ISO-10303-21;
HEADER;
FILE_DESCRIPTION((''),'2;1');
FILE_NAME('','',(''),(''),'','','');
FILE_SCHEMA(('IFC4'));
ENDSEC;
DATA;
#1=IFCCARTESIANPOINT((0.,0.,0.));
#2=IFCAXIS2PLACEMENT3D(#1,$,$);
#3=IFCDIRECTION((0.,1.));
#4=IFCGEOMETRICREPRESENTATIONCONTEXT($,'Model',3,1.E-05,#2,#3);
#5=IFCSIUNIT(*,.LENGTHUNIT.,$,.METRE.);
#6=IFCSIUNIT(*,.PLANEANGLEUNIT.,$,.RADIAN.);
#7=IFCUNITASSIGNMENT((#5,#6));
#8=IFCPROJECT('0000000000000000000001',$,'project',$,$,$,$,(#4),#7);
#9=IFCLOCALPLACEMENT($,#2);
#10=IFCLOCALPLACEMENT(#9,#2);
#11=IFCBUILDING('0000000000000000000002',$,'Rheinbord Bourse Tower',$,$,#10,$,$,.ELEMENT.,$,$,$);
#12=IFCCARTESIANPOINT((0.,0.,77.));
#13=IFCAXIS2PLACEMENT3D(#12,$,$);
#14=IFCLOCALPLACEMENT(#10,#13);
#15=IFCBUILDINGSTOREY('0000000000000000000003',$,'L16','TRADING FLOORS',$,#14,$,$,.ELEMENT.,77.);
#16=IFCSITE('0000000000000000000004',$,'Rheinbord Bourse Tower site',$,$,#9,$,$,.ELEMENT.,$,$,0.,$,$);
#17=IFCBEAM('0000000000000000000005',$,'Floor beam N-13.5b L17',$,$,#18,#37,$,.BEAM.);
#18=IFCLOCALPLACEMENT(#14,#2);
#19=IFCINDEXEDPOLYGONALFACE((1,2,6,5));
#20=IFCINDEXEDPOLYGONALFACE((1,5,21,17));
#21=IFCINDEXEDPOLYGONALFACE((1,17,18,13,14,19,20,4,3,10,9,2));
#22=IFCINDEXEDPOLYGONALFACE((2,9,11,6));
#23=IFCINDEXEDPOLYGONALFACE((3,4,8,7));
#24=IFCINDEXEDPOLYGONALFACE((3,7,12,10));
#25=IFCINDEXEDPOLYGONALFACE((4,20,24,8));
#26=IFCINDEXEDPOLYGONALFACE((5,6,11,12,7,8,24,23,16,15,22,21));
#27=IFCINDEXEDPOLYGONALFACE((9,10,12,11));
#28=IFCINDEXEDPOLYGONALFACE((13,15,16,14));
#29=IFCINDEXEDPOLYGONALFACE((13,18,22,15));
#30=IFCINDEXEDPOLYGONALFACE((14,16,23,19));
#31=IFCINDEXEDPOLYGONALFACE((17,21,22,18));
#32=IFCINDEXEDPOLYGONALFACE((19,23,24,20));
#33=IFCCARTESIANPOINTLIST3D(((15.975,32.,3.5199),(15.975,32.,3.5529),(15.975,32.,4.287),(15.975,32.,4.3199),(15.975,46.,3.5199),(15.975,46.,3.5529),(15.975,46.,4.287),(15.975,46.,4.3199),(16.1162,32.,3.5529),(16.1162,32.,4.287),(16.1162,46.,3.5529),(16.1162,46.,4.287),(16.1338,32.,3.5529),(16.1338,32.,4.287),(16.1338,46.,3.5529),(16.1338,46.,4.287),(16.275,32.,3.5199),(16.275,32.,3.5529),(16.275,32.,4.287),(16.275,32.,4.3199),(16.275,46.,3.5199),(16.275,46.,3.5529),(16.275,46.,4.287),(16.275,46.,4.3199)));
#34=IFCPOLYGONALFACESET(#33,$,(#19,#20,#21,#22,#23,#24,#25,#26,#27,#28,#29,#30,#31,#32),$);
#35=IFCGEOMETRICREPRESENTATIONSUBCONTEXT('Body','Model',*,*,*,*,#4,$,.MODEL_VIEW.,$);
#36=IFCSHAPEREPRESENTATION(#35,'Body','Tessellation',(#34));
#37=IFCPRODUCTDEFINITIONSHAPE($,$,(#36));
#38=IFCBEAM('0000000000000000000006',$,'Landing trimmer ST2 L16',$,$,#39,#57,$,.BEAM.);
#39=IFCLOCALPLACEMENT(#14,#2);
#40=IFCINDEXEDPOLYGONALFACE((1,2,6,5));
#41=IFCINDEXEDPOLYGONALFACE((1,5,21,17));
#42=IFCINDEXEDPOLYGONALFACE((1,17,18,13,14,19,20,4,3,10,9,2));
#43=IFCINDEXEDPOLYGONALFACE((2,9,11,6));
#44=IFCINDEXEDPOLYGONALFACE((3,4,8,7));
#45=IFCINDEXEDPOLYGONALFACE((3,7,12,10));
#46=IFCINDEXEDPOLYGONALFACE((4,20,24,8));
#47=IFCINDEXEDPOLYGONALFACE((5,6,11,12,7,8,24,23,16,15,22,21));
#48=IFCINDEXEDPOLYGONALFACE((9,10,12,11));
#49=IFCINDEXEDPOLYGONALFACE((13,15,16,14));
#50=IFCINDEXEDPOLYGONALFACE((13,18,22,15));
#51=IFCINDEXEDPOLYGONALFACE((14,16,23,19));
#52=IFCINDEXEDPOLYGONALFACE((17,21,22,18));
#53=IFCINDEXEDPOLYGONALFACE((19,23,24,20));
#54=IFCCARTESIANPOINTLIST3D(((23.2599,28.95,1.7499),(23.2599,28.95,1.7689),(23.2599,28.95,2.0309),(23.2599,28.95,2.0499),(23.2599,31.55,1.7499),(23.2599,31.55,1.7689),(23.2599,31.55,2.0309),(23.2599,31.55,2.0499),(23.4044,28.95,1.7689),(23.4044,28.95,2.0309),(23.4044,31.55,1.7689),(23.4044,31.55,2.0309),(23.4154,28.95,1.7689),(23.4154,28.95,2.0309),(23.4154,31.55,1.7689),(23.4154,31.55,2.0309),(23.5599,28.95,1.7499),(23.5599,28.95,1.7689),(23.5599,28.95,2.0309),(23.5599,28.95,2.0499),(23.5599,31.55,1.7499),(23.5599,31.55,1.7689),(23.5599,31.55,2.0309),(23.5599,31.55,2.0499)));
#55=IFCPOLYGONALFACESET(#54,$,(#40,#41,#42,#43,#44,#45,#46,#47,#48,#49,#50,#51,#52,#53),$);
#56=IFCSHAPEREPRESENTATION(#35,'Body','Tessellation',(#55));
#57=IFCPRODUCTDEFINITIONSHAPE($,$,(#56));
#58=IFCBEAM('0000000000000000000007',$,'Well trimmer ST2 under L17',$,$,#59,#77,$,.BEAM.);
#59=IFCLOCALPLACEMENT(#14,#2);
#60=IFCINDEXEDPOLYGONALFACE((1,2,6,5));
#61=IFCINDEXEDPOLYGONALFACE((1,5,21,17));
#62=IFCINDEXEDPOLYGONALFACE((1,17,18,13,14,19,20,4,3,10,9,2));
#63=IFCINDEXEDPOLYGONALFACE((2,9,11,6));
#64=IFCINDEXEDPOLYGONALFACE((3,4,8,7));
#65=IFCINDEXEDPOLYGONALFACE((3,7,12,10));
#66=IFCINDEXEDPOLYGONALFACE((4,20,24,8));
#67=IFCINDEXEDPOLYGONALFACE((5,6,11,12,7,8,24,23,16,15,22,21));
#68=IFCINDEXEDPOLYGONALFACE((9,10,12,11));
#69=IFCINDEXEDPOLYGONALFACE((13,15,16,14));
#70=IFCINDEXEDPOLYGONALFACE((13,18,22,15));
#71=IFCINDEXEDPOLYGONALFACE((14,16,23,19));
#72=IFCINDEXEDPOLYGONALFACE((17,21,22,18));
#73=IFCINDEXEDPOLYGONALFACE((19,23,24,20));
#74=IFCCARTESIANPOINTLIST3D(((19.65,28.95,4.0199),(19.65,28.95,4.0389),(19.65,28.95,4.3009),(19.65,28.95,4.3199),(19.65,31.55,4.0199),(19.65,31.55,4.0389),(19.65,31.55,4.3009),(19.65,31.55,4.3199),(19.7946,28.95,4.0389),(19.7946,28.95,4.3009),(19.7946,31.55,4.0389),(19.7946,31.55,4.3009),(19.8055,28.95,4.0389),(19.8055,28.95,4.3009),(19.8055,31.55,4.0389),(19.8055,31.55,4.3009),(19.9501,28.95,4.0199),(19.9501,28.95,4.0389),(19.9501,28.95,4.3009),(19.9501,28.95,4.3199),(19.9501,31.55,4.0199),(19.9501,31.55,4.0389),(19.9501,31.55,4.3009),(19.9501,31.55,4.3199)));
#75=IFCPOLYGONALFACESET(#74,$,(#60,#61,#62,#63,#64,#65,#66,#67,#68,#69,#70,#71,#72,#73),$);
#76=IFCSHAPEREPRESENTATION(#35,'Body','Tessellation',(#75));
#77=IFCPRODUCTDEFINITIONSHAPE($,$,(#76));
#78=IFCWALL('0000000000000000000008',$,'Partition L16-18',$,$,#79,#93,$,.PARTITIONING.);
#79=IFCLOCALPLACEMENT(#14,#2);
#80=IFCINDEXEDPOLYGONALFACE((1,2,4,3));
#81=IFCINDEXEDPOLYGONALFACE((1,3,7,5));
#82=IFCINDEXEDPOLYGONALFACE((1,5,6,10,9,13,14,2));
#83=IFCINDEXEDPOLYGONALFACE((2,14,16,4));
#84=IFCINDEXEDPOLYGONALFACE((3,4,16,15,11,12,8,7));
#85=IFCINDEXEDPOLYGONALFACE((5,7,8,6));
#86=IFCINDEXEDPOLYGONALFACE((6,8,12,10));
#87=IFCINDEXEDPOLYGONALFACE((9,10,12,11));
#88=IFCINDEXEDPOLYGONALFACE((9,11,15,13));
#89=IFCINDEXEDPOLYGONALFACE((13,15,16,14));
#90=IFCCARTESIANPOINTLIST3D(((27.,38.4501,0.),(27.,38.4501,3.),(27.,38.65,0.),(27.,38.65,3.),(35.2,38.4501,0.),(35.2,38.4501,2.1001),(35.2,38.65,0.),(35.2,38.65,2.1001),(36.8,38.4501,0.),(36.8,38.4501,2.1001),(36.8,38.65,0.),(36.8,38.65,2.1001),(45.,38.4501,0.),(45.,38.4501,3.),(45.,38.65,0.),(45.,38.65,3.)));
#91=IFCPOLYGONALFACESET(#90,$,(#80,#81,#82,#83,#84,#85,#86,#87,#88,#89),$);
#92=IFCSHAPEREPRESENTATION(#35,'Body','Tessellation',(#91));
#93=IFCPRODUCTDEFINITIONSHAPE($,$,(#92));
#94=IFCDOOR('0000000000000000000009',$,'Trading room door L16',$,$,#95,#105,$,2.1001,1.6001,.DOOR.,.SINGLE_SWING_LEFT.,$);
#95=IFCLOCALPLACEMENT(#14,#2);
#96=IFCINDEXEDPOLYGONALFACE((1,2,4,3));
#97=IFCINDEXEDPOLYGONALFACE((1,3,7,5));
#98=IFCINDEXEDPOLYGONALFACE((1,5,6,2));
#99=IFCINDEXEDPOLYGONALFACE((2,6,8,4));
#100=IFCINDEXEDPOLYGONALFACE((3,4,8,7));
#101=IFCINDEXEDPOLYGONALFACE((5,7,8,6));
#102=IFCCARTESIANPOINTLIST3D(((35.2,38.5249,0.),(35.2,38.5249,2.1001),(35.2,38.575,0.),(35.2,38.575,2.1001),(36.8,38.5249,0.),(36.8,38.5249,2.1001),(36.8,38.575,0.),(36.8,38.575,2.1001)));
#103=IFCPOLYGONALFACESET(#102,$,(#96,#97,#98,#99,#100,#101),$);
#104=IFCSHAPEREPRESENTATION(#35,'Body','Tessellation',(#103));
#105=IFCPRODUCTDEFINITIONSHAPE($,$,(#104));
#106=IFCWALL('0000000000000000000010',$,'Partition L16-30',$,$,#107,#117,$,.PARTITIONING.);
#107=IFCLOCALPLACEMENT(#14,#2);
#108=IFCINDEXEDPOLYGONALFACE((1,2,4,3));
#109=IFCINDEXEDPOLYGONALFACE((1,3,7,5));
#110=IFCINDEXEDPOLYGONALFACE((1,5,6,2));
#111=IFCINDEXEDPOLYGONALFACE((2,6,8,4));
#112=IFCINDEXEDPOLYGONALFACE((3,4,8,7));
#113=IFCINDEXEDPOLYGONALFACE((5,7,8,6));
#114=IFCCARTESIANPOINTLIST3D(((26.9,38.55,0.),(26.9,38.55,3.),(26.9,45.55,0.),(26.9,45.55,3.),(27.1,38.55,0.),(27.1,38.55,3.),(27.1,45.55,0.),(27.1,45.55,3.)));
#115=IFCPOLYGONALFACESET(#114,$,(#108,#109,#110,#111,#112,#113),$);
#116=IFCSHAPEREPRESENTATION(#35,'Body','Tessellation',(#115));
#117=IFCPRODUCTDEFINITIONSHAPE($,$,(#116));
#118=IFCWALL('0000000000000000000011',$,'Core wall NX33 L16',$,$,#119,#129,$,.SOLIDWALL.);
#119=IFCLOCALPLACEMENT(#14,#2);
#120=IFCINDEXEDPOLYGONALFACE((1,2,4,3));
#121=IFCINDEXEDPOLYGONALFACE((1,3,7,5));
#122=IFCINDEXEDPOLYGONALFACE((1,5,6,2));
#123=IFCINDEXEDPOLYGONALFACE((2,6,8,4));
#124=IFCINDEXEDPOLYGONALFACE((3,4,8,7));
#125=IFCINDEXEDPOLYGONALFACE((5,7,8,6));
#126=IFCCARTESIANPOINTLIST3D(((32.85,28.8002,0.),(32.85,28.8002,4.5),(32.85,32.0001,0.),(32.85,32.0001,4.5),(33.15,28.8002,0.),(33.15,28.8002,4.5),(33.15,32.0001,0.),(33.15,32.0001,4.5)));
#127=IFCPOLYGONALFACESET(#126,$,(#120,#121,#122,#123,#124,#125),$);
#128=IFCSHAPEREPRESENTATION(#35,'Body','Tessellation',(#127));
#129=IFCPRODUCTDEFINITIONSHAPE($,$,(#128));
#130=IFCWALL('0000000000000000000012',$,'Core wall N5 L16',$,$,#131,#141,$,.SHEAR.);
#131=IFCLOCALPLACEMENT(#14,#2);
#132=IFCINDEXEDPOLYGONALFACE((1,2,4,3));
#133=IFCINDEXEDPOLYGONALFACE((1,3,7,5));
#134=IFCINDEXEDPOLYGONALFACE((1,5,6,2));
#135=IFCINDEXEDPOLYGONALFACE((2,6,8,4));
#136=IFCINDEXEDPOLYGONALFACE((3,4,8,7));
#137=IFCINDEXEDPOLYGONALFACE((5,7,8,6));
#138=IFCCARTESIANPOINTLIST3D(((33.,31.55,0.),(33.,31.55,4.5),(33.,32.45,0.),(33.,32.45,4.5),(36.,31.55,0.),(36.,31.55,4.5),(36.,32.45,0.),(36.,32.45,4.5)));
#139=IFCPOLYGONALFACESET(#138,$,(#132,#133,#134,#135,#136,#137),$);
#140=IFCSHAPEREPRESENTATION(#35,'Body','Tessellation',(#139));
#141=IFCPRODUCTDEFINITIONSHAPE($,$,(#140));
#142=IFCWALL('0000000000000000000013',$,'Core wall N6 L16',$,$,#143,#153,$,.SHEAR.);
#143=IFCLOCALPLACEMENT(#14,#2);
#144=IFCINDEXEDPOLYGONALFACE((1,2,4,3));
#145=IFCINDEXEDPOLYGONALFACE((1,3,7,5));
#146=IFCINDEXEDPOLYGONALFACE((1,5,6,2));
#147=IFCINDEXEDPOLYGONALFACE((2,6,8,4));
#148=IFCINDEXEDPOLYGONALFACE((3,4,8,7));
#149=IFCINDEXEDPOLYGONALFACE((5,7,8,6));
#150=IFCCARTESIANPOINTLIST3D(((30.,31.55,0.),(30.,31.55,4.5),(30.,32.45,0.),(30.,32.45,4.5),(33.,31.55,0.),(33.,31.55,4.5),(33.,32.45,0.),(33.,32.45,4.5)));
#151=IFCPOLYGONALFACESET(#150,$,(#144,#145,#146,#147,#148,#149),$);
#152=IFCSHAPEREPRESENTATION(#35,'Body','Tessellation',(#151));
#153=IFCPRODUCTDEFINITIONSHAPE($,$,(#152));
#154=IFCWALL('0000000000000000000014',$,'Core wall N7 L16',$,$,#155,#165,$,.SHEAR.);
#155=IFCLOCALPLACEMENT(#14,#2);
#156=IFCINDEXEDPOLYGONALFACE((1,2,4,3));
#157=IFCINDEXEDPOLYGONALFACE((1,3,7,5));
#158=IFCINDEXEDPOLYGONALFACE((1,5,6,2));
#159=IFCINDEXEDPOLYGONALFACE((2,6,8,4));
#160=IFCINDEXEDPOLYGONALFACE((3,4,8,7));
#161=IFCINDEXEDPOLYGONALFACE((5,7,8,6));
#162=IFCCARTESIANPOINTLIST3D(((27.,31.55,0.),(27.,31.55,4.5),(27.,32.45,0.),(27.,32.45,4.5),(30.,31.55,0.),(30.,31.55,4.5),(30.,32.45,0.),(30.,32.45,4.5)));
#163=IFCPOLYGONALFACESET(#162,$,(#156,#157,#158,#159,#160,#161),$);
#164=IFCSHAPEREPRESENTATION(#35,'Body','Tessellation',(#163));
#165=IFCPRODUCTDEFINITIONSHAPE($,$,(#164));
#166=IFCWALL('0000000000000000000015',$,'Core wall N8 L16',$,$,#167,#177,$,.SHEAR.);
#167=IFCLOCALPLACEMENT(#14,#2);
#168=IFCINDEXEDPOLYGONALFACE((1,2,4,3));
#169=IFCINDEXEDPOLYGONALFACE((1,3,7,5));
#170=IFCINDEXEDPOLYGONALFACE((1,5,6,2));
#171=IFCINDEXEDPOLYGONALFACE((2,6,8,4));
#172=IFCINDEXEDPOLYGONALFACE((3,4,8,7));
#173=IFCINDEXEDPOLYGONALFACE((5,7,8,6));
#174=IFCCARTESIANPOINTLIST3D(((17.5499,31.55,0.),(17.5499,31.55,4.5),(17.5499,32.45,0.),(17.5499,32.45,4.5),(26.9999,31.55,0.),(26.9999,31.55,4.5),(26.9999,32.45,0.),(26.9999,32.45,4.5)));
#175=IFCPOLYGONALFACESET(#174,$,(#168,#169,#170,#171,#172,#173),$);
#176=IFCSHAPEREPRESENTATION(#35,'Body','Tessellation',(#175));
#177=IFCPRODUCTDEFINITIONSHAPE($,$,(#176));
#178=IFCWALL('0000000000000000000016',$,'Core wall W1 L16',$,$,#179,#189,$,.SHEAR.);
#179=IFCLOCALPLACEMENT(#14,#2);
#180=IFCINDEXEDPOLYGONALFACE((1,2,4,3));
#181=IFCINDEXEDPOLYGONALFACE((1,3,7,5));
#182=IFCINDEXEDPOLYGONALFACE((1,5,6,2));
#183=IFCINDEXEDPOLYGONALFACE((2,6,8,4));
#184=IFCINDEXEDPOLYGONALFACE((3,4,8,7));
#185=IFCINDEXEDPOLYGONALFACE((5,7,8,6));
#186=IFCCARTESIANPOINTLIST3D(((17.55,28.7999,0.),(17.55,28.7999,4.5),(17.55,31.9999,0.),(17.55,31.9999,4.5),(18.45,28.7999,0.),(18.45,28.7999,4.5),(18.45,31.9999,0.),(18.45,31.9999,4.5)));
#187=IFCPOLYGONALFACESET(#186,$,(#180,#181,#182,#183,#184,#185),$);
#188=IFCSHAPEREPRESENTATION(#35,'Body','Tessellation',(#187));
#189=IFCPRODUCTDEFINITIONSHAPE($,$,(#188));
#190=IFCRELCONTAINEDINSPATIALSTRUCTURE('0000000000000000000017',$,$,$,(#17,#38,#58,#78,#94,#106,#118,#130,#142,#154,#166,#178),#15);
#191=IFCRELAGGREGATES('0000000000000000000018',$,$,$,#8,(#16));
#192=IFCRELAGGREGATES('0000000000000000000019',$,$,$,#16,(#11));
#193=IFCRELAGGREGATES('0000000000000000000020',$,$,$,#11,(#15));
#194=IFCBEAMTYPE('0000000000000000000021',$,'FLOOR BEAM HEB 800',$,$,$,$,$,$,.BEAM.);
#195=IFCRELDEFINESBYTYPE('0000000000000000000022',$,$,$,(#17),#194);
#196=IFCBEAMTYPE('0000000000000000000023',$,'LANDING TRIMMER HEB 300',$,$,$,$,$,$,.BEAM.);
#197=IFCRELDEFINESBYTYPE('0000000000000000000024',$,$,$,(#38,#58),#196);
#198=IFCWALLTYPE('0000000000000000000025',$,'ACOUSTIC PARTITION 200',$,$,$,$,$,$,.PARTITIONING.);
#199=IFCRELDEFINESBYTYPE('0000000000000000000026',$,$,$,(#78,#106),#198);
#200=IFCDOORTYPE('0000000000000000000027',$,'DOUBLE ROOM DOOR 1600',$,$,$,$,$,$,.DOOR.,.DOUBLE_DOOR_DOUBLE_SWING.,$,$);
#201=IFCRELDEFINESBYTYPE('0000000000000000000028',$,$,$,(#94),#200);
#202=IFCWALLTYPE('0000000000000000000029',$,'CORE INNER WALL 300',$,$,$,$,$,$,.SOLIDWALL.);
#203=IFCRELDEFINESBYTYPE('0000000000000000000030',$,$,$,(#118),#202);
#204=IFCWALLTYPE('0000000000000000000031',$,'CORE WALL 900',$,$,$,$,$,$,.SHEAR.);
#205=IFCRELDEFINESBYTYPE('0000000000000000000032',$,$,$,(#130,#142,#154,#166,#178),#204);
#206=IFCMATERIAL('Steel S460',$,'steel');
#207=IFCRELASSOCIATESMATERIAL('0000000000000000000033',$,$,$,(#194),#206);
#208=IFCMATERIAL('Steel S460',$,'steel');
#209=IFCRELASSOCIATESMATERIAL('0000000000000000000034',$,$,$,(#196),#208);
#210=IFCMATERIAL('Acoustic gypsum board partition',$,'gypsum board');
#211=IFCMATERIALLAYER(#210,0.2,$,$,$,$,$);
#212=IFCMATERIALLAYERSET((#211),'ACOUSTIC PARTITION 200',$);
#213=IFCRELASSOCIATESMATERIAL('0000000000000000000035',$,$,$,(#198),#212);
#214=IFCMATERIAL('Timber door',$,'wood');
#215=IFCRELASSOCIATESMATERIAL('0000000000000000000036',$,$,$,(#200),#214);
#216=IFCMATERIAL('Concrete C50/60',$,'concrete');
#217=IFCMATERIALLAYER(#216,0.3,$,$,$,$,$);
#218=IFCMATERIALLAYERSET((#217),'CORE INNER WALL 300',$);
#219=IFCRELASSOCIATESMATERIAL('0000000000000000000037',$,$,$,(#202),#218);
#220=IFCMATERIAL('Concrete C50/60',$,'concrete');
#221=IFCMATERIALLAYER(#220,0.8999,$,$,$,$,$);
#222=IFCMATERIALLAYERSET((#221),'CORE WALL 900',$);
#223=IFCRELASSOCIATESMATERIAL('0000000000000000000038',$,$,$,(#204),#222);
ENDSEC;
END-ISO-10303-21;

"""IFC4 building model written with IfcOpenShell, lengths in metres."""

from ifc_helpers import new_model, si_unit, direction, frame, frame_2d, origin, origin_2d, place, context, subcontext, project, spatial, rectangle, i_section, extrude, material, layer, layer_set, material_profile, profile_set, type_object, element, fill, save


model = new_model("IFC4")

# Units and contexts
model_context = context("Model", 3, precision=1e-05, world=origin(), true_north=direction((0.0, 1.0)))
body_context = subcontext(model_context, "Body", "Model", "MODEL_VIEW")
ifc_project = project(units=[si_unit("LENGTHUNIT", "METRE"), si_unit("PLANEANGLEUNIT", "RADIAN")], contexts=[model_context])

# Site, building, storey
site_placement = place(None, origin())
site = spatial("IfcSite", under=ifc_project, at=site_placement, Name="Rheinbord Bourse Tower site", CompositionType="ELEMENT", RefElevation=0.0)
building_placement = place(site_placement, origin())
building = spatial("IfcBuilding", under=site, at=building_placement, Name="Rheinbord Bourse Tower", CompositionType="ELEMENT")
storey_placement = place(building_placement, frame((0.0, 0.0, 77.0)))
storey = spatial("IfcBuildingStorey", under=building, at=storey_placement, Name="L16", Description="TRADING FLOORS", CompositionType="ELEMENT", Elevation=77.0)

# Beams
ifc_material_1 = material(Name="Steel S460", Category="steel")
ifc_material_profile_1 = material_profile(ifc_material_1, i_section(OverallWidth=0.3, OverallDepth=0.8, WebThickness=0.0176, FlangeThickness=0.033, at=origin_2d()), Name="HEB 800")
ifc_profile_set_1 = profile_set([ifc_material_profile_1], Name="Steel S460")
beam_type_1 = type_object("IfcBeamType", Name="FLOOR BEAM HEB 800", PredefinedType="BEAM", material=ifc_profile_set_1)
beam_placement = place(storey_placement, frame((16.125, 46.0, 3.9199), z_axis=(0.0, -1.0, 0.0), x_axis=(1.0, 0.0, 0.0)))
element("IfcBeam", 1, at=beam_placement, inside=storey, type_object=beam_type_1, Name="Floor beam N-13.5b L17", PredefinedType="BEAM", context=body_context, shape_type="SweptSolid", body=[
    extrude(i_section(OverallWidth=0.3, OverallDepth=0.8, WebThickness=0.0176, FlangeThickness=0.033, at=origin_2d()), origin(), (0.0, 0.0, 1.0), 14.0),
])
ifc_material_2 = material(Name="Steel S460", Category="steel")
ifc_material_profile_2 = material_profile(ifc_material_2, i_section(OverallWidth=0.3, OverallDepth=0.3, WebThickness=0.011, FlangeThickness=0.019, at=origin_2d()), Name="HEB 300")
ifc_profile_set_2 = profile_set([ifc_material_profile_2], Name="Steel S460")
beam_type_2 = type_object("IfcBeamType", Name="LANDING TRIMMER HEB 300", PredefinedType="BEAM", material=ifc_profile_set_2)
for number, where, z_axis, x_axis, name in (
    (2, (23.4099, 28.95, 1.8999), (0.0, 1.0, 0.0), (-1.0, 0.0, 0.0), "Landing trimmer ST2 L16"),
    (3, (19.8, 28.95, 4.1699), (0.0, 1.0, 0.0), (-1.0, 0.0, 0.0), "Well trimmer ST2 under L17"),
):
    element("IfcBeam", number, at=place(storey_placement, frame(where, z_axis=z_axis, x_axis=x_axis)), inside=storey, type_object=beam_type_2, Name=name, PredefinedType="BEAM", context=body_context, shape_type="SweptSolid", body=[
        extrude(i_section(OverallWidth=0.3, OverallDepth=0.3, WebThickness=0.011, FlangeThickness=0.019, at=origin_2d()), origin(), (0.0, 0.0, 1.0), 2.6001),
    ])

# Wall, opening, door
ifc_material_3 = material(Name="Acoustic gypsum board partition", Category="gypsum board")
ifc_layer_1 = layer(ifc_material_3, 0.2)
ifc_layer_set_1 = layer_set([ifc_layer_1], Name="ACOUSTIC PARTITION 200")
wall_type_1 = type_object("IfcWallType", Name="ACOUSTIC PARTITION 200", PredefinedType="PARTITIONING", material=ifc_layer_set_1)
wall_1_placement = place(storey_placement, frame((27.0, 38.55, 0.0), z_axis=(0.0, 0.0, 1.0), x_axis=(1.0, 0.0, 0.0)))
wall_1 = element("IfcWall", 4, at=wall_1_placement, inside=storey, type_object=wall_type_1, Name="Partition L16-18", PredefinedType="PARTITIONING", context=body_context, shape_type="SweptSolid", body=[
    extrude(rectangle(XDim=18.0, YDim=0.2, at=frame_2d((9.0, 0.0))), origin(), (0.0, 0.0, 1.0), 3.0),
])
opening_placement = place(wall_1_placement, frame((8.2, 0.0, 0.0)))
opening = element("IfcOpeningElement", 5, at=opening_placement, cuts=wall_1, PredefinedType="OPENING", context=body_context, shape_type="SweptSolid", body=[
    extrude(rectangle(XDim=1.6001, YDim=2.1001, at=frame_2d((0.8, 1.05))), frame((0.0, 0.1099, 0.0), z_axis=(0.0, -1.0, 0.0), x_axis=(1.0, 0.0, 0.0)), (0.0, 0.0, 1.0), 0.22),
])
ifc_material_4 = material(Name="Timber door", Category="wood")
door_type = type_object("IfcDoorType", Name="DOUBLE ROOM DOOR 1600", OperationType="DOUBLE_DOOR_DOUBLE_SWING", PredefinedType="DOOR", material=ifc_material_4)
door_placement = place(opening_placement, origin())
door = element("IfcDoor", 6, at=door_placement, inside=storey, type_object=door_type, Name="Trading room door L16", OperationType="SINGLE_SWING_LEFT", OverallHeight=2.1001, OverallWidth=1.6001, PredefinedType="DOOR", context=body_context, shape_type="SweptSolid", body=[
    extrude(rectangle(XDim=1.6001, YDim=2.1001, at=frame_2d((0.8, 1.05))), frame((0.0, 0.0249, 0.0), z_axis=(0.0, -1.0, 0.0), x_axis=(1.0, 0.0, 0.0)), (0.0, 0.0, 1.0), 0.05),
])
fill(opening, door)

# Walls
wall_2_placement = place(storey_placement, frame((27.0, 38.55, 0.0), z_axis=(0.0, 0.0, 1.0), x_axis=(0.0, 1.0, 0.0)))
element("IfcWall", 7, at=wall_2_placement, inside=storey, type_object=wall_type_1, Name="Partition L16-30", PredefinedType="PARTITIONING", context=body_context, shape_type="SweptSolid", body=[
    extrude(rectangle(XDim=7.0, YDim=0.2, at=frame_2d((3.5, 0.0))), origin(), (0.0, 0.0, 1.0), 3.0),
])
ifc_material_5 = material(Name="Concrete C50/60", Category="concrete")
ifc_layer_2 = layer(ifc_material_5, 0.3)
ifc_layer_set_2 = layer_set([ifc_layer_2], Name="CORE INNER WALL 300")
wall_type_2 = type_object("IfcWallType", Name="CORE INNER WALL 300", PredefinedType="SOLIDWALL", material=ifc_layer_set_2)
wall_3_placement = place(storey_placement, frame((33.0, 28.8, 0.0), z_axis=(0.0, 0.0, 1.0), x_axis=(0.0, 1.0, 0.0)))
element("IfcWall", 8, at=wall_3_placement, inside=storey, type_object=wall_type_2, Name="Core wall NX33 L16", PredefinedType="SOLIDWALL", context=body_context, shape_type="SweptSolid", body=[
    extrude(rectangle(XDim=3.2, YDim=0.3, at=frame_2d((1.6001, 0.0))), origin(), (0.0, 0.0, 1.0), 4.5),
])
ifc_material_6 = material(Name="Concrete C50/60", Category="concrete")
ifc_layer_3 = layer(ifc_material_6, 0.8999)
ifc_layer_set_3 = layer_set([ifc_layer_3], Name="CORE WALL 900")
wall_type_3 = type_object("IfcWallType", Name="CORE WALL 900", PredefinedType="SHEAR", material=ifc_layer_set_3)
for number, where, z_axis, x_axis, name in (
    (9, (36.0, 32.0, 0.0), (0.0, 0.0, 1.0), (-1.0, 0.0, 0.0), "Core wall N5 L16"),
    (10, (33.0, 32.0, 0.0), (0.0, 0.0, 1.0), (-1.0, 0.0, 0.0), "Core wall N6 L16"),
    (11, (30.0, 32.0, 0.0), (0.0, 0.0, 1.0), (-1.0, 0.0, 0.0), "Core wall N7 L16"),
):
    element("IfcWall", number, at=place(storey_placement, frame(where, z_axis=z_axis, x_axis=x_axis)), inside=storey, type_object=wall_type_3, Name=name, PredefinedType="SHEAR", context=body_context, shape_type="SweptSolid", body=[
        extrude(rectangle(XDim=3.0, YDim=0.8999, at=frame_2d((1.5, 0.0))), origin(), (0.0, 0.0, 1.0), 4.5),
    ])
wall_4_placement = place(storey_placement, frame((27.0, 32.0, 0.0), z_axis=(0.0, 0.0, 1.0), x_axis=(-1.0, 0.0, 0.0)))
element("IfcWall", 12, at=wall_4_placement, inside=storey, type_object=wall_type_3, Name="Core wall N8 L16", PredefinedType="SHEAR", context=body_context, shape_type="SweptSolid", body=[
    extrude(rectangle(XDim=9.45, YDim=0.8999, at=frame_2d((4.7251, 0.0))), origin(), (0.0, 0.0, 1.0), 4.5),
])
wall_5_placement = place(storey_placement, frame((18.0, 32.0, 0.0), z_axis=(0.0, 0.0, 1.0), x_axis=(0.0, -1.0, 0.0)))
element("IfcWall", 13, at=wall_5_placement, inside=storey, type_object=wall_type_3, Name="Core wall W1 L16", PredefinedType="SHEAR", context=body_context, shape_type="SweptSolid", body=[
    extrude(rectangle(XDim=3.2, YDim=0.8999, at=frame_2d((1.6001, 0.0))), origin(), (0.0, 0.0, 1.0), 4.5),
])

save(model, "model.ifc")
